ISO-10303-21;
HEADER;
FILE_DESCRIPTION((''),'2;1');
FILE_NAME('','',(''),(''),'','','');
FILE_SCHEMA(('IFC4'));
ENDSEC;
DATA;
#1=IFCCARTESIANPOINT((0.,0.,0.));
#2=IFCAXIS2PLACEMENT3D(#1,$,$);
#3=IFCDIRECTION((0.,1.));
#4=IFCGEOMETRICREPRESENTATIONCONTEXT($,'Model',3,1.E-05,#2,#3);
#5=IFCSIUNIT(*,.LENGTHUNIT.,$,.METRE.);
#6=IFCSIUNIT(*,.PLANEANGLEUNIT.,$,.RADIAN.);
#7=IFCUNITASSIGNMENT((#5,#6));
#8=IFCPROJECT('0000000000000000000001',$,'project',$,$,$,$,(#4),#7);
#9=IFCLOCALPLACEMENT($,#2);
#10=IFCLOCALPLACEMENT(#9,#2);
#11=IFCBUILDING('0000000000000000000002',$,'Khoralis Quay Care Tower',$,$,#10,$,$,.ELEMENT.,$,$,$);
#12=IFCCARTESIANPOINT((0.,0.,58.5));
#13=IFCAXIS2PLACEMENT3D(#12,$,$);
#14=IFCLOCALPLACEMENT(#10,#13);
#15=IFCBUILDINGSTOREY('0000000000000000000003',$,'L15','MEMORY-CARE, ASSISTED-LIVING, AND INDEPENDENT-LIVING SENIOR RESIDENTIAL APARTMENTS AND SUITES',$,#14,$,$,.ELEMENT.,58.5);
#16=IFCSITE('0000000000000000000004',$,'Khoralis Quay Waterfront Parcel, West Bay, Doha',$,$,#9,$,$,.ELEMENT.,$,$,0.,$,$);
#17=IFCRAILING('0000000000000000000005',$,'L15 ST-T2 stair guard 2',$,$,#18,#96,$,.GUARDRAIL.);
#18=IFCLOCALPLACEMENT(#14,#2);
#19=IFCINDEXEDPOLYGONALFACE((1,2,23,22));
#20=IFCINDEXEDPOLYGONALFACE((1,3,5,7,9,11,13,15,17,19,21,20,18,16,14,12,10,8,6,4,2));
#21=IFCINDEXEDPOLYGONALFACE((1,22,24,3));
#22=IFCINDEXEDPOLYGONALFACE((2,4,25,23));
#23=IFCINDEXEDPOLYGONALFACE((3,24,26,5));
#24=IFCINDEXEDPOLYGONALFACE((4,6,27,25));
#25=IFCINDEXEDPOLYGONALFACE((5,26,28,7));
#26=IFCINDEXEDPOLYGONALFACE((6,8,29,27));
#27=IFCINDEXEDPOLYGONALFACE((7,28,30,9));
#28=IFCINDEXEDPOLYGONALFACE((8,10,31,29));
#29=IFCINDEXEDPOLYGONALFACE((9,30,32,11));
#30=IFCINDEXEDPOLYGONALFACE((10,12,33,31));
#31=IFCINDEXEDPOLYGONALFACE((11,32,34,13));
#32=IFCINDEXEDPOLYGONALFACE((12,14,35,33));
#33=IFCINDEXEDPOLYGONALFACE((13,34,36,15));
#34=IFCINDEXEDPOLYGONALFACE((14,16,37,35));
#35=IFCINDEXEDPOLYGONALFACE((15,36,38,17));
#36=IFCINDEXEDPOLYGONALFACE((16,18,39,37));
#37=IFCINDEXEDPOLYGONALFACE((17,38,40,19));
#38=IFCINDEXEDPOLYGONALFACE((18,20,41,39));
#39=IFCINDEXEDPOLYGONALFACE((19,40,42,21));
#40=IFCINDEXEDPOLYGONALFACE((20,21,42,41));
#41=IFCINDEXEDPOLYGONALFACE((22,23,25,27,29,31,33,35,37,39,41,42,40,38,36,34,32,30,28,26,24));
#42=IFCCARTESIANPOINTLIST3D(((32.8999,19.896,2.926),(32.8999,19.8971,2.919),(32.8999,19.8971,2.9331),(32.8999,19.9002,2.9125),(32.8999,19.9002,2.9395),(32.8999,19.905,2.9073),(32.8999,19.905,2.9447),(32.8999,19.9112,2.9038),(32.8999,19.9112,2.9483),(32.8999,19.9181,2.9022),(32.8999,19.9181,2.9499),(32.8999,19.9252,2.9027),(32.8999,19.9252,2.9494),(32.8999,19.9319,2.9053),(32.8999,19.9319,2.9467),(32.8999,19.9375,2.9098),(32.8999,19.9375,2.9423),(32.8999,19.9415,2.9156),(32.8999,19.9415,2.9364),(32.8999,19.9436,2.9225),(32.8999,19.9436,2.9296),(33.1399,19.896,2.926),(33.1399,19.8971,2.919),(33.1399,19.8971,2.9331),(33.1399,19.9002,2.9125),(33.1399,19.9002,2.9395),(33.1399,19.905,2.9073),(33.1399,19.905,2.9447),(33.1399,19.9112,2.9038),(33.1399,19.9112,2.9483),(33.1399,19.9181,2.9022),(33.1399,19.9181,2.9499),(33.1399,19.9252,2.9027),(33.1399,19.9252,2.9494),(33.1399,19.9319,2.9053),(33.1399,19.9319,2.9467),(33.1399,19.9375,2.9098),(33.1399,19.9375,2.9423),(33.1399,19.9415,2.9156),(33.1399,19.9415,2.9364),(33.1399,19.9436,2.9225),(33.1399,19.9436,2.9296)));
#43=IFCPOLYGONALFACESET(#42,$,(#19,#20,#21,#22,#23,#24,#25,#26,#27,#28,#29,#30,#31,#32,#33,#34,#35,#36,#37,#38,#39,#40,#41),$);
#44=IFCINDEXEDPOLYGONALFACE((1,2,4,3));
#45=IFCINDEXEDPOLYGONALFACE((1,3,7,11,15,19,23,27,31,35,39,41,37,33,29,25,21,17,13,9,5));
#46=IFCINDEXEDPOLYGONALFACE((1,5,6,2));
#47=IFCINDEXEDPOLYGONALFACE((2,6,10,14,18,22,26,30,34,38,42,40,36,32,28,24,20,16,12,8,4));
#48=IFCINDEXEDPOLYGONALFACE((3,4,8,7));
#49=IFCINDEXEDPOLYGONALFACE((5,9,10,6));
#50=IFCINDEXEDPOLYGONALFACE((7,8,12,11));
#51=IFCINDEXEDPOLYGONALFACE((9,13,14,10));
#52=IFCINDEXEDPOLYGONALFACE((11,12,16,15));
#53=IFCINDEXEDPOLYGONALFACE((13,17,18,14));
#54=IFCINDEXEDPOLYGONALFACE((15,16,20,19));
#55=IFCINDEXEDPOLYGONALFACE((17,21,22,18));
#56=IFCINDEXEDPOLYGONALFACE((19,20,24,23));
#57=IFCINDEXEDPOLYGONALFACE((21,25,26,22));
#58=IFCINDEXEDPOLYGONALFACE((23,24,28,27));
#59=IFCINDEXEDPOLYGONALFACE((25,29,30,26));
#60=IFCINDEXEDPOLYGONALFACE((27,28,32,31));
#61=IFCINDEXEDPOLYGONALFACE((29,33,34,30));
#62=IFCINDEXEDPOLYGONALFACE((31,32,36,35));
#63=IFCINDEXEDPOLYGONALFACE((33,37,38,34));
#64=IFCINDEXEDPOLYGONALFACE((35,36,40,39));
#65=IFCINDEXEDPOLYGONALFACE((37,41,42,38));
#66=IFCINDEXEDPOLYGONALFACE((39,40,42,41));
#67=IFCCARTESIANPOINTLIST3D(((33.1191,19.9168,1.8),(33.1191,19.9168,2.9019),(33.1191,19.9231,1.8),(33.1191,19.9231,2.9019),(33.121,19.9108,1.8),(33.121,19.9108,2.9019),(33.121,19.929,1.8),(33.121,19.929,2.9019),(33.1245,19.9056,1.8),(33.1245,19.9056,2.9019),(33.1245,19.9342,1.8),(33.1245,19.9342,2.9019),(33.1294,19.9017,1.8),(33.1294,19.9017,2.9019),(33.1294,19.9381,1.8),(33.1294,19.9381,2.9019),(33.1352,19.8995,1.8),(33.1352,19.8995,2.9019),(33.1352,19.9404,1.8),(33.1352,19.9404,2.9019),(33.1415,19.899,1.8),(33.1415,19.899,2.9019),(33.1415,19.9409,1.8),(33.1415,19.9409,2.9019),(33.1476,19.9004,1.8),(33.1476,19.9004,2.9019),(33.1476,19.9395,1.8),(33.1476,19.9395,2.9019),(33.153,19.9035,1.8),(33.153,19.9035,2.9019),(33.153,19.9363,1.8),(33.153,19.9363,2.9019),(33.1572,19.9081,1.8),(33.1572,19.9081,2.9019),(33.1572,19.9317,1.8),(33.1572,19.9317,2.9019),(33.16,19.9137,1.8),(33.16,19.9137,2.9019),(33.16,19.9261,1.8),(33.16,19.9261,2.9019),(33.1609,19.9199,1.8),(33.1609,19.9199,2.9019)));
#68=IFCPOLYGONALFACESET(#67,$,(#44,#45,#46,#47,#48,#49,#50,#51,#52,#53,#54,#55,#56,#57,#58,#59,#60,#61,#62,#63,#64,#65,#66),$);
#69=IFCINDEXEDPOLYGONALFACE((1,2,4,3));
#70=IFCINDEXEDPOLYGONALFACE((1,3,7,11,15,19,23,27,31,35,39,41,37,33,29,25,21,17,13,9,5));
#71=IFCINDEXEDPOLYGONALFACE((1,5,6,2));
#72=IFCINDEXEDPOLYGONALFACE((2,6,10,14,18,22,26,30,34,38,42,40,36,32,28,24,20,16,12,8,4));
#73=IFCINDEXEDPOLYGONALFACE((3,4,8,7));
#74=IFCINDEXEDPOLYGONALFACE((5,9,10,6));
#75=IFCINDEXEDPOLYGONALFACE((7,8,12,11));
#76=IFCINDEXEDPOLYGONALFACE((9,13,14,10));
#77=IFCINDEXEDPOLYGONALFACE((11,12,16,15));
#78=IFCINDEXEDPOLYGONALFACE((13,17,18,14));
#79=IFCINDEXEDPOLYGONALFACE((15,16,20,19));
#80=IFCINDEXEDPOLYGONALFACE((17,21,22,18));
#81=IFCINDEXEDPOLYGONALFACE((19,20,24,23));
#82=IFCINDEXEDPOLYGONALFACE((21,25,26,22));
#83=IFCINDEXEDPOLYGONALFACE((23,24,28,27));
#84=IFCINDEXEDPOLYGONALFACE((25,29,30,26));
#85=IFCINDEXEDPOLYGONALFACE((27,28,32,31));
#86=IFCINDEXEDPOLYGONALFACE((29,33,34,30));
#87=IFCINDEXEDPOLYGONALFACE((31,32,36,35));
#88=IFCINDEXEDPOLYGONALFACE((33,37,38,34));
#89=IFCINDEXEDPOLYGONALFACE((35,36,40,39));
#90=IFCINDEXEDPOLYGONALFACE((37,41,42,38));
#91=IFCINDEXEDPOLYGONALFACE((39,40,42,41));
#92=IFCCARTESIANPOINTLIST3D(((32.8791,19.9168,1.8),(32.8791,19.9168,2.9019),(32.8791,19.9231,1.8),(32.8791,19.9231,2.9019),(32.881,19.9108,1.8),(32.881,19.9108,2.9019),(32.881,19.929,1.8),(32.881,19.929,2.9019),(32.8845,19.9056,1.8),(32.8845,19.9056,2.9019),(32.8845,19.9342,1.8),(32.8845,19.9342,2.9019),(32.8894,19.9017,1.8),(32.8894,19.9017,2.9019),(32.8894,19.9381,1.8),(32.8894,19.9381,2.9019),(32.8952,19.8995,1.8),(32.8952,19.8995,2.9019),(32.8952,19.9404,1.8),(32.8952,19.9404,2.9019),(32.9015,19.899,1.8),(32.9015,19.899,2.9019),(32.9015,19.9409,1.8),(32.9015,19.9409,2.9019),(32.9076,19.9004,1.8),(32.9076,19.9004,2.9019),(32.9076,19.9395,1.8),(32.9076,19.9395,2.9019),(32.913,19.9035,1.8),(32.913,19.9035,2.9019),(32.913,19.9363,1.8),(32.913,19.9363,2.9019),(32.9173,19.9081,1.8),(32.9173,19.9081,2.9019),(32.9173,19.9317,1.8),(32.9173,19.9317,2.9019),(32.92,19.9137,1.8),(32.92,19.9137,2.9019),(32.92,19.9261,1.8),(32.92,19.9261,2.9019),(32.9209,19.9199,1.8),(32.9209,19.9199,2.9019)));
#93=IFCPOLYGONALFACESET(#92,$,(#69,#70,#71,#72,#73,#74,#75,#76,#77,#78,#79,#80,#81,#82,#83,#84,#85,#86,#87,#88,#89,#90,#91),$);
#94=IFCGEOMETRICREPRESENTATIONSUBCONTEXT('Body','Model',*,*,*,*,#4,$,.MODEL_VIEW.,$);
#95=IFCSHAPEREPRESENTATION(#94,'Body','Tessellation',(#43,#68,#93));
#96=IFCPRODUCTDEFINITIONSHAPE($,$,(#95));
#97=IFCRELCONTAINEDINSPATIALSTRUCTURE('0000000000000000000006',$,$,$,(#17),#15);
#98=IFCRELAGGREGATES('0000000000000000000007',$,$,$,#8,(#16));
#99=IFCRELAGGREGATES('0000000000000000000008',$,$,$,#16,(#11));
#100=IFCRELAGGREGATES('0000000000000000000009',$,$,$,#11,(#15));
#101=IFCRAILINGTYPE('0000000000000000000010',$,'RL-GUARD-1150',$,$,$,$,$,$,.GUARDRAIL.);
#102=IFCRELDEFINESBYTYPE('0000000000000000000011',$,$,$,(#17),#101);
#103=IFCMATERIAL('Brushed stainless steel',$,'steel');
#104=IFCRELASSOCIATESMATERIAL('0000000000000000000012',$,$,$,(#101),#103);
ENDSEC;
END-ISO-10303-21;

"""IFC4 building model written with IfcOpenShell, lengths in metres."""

from ifc_helpers import new_model, si_unit, direction, frame, origin, origin_2d, place, context, subcontext, project, spatial, circle, extrude, material, type_object, element, save


model = new_model("IFC4")

# Units and contexts
model_context = context("Model", 3, precision=1e-05, world=origin(), true_north=direction((0.0, 1.0)))
body_context = subcontext(model_context, "Body", "Model", "MODEL_VIEW")
ifc_project = project(units=[si_unit("LENGTHUNIT", "METRE"), si_unit("PLANEANGLEUNIT", "RADIAN")], contexts=[model_context])

# Site, building, storey
site_placement = place(None, origin())
site = spatial("IfcSite", under=ifc_project, at=site_placement, Name="Khoralis Quay Waterfront Parcel, West Bay, Doha", CompositionType="ELEMENT", RefElevation=0.0)
building_placement = place(site_placement, origin())
building = spatial("IfcBuilding", under=site, at=building_placement, Name="Khoralis Quay Care Tower", CompositionType="ELEMENT")
storey_placement = place(building_placement, frame((0.0, 0.0, 58.5)))
storey = spatial("IfcBuildingStorey", under=building, at=storey_placement, Name="L15", Description="MEMORY-CARE, ASSISTED-LIVING, AND INDEPENDENT-LIVING SENIOR RESIDENTIAL APARTMENTS AND SUITES", CompositionType="ELEMENT", Elevation=58.5)

# Shared definitions
ifc_material_1 = material(Name="Brushed stainless steel", Category="steel")

# Railing
railing_type_1 = type_object("IfcRailingType", Name="RL-GUARD-1150", PredefinedType="GUARDRAIL", material=ifc_material_1)
railing_1_placement = place(storey_placement, frame((33.1399, 19.9199, 1.8)))
element("IfcRailing", 1, at=railing_1_placement, inside=storey, type_object=railing_type_1, Name="L15 ST-T2 stair guard 2", PredefinedType="GUARDRAIL", context=body_context, shape_type="SweptSolid", body=[
    extrude(circle(Radius=0.0239, at=origin_2d()), frame((0.0, 0.0, 1.126), z_axis=(-1.0, 0.0, 0.0), x_axis=(0.0, -1.0, 0.0)), (0.0, 0.0, 1.0), 0.24),
    extrude(circle(Radius=0.021, at=origin_2d()), origin(), (0.0, 0.0, 1.0), 1.1018),
    extrude(circle(Radius=0.021, at=origin_2d()), frame((-0.24, 0.0, 0.0)), (0.0, 0.0, 1.0), 1.1018),
])

save(model, "model.ifc")
